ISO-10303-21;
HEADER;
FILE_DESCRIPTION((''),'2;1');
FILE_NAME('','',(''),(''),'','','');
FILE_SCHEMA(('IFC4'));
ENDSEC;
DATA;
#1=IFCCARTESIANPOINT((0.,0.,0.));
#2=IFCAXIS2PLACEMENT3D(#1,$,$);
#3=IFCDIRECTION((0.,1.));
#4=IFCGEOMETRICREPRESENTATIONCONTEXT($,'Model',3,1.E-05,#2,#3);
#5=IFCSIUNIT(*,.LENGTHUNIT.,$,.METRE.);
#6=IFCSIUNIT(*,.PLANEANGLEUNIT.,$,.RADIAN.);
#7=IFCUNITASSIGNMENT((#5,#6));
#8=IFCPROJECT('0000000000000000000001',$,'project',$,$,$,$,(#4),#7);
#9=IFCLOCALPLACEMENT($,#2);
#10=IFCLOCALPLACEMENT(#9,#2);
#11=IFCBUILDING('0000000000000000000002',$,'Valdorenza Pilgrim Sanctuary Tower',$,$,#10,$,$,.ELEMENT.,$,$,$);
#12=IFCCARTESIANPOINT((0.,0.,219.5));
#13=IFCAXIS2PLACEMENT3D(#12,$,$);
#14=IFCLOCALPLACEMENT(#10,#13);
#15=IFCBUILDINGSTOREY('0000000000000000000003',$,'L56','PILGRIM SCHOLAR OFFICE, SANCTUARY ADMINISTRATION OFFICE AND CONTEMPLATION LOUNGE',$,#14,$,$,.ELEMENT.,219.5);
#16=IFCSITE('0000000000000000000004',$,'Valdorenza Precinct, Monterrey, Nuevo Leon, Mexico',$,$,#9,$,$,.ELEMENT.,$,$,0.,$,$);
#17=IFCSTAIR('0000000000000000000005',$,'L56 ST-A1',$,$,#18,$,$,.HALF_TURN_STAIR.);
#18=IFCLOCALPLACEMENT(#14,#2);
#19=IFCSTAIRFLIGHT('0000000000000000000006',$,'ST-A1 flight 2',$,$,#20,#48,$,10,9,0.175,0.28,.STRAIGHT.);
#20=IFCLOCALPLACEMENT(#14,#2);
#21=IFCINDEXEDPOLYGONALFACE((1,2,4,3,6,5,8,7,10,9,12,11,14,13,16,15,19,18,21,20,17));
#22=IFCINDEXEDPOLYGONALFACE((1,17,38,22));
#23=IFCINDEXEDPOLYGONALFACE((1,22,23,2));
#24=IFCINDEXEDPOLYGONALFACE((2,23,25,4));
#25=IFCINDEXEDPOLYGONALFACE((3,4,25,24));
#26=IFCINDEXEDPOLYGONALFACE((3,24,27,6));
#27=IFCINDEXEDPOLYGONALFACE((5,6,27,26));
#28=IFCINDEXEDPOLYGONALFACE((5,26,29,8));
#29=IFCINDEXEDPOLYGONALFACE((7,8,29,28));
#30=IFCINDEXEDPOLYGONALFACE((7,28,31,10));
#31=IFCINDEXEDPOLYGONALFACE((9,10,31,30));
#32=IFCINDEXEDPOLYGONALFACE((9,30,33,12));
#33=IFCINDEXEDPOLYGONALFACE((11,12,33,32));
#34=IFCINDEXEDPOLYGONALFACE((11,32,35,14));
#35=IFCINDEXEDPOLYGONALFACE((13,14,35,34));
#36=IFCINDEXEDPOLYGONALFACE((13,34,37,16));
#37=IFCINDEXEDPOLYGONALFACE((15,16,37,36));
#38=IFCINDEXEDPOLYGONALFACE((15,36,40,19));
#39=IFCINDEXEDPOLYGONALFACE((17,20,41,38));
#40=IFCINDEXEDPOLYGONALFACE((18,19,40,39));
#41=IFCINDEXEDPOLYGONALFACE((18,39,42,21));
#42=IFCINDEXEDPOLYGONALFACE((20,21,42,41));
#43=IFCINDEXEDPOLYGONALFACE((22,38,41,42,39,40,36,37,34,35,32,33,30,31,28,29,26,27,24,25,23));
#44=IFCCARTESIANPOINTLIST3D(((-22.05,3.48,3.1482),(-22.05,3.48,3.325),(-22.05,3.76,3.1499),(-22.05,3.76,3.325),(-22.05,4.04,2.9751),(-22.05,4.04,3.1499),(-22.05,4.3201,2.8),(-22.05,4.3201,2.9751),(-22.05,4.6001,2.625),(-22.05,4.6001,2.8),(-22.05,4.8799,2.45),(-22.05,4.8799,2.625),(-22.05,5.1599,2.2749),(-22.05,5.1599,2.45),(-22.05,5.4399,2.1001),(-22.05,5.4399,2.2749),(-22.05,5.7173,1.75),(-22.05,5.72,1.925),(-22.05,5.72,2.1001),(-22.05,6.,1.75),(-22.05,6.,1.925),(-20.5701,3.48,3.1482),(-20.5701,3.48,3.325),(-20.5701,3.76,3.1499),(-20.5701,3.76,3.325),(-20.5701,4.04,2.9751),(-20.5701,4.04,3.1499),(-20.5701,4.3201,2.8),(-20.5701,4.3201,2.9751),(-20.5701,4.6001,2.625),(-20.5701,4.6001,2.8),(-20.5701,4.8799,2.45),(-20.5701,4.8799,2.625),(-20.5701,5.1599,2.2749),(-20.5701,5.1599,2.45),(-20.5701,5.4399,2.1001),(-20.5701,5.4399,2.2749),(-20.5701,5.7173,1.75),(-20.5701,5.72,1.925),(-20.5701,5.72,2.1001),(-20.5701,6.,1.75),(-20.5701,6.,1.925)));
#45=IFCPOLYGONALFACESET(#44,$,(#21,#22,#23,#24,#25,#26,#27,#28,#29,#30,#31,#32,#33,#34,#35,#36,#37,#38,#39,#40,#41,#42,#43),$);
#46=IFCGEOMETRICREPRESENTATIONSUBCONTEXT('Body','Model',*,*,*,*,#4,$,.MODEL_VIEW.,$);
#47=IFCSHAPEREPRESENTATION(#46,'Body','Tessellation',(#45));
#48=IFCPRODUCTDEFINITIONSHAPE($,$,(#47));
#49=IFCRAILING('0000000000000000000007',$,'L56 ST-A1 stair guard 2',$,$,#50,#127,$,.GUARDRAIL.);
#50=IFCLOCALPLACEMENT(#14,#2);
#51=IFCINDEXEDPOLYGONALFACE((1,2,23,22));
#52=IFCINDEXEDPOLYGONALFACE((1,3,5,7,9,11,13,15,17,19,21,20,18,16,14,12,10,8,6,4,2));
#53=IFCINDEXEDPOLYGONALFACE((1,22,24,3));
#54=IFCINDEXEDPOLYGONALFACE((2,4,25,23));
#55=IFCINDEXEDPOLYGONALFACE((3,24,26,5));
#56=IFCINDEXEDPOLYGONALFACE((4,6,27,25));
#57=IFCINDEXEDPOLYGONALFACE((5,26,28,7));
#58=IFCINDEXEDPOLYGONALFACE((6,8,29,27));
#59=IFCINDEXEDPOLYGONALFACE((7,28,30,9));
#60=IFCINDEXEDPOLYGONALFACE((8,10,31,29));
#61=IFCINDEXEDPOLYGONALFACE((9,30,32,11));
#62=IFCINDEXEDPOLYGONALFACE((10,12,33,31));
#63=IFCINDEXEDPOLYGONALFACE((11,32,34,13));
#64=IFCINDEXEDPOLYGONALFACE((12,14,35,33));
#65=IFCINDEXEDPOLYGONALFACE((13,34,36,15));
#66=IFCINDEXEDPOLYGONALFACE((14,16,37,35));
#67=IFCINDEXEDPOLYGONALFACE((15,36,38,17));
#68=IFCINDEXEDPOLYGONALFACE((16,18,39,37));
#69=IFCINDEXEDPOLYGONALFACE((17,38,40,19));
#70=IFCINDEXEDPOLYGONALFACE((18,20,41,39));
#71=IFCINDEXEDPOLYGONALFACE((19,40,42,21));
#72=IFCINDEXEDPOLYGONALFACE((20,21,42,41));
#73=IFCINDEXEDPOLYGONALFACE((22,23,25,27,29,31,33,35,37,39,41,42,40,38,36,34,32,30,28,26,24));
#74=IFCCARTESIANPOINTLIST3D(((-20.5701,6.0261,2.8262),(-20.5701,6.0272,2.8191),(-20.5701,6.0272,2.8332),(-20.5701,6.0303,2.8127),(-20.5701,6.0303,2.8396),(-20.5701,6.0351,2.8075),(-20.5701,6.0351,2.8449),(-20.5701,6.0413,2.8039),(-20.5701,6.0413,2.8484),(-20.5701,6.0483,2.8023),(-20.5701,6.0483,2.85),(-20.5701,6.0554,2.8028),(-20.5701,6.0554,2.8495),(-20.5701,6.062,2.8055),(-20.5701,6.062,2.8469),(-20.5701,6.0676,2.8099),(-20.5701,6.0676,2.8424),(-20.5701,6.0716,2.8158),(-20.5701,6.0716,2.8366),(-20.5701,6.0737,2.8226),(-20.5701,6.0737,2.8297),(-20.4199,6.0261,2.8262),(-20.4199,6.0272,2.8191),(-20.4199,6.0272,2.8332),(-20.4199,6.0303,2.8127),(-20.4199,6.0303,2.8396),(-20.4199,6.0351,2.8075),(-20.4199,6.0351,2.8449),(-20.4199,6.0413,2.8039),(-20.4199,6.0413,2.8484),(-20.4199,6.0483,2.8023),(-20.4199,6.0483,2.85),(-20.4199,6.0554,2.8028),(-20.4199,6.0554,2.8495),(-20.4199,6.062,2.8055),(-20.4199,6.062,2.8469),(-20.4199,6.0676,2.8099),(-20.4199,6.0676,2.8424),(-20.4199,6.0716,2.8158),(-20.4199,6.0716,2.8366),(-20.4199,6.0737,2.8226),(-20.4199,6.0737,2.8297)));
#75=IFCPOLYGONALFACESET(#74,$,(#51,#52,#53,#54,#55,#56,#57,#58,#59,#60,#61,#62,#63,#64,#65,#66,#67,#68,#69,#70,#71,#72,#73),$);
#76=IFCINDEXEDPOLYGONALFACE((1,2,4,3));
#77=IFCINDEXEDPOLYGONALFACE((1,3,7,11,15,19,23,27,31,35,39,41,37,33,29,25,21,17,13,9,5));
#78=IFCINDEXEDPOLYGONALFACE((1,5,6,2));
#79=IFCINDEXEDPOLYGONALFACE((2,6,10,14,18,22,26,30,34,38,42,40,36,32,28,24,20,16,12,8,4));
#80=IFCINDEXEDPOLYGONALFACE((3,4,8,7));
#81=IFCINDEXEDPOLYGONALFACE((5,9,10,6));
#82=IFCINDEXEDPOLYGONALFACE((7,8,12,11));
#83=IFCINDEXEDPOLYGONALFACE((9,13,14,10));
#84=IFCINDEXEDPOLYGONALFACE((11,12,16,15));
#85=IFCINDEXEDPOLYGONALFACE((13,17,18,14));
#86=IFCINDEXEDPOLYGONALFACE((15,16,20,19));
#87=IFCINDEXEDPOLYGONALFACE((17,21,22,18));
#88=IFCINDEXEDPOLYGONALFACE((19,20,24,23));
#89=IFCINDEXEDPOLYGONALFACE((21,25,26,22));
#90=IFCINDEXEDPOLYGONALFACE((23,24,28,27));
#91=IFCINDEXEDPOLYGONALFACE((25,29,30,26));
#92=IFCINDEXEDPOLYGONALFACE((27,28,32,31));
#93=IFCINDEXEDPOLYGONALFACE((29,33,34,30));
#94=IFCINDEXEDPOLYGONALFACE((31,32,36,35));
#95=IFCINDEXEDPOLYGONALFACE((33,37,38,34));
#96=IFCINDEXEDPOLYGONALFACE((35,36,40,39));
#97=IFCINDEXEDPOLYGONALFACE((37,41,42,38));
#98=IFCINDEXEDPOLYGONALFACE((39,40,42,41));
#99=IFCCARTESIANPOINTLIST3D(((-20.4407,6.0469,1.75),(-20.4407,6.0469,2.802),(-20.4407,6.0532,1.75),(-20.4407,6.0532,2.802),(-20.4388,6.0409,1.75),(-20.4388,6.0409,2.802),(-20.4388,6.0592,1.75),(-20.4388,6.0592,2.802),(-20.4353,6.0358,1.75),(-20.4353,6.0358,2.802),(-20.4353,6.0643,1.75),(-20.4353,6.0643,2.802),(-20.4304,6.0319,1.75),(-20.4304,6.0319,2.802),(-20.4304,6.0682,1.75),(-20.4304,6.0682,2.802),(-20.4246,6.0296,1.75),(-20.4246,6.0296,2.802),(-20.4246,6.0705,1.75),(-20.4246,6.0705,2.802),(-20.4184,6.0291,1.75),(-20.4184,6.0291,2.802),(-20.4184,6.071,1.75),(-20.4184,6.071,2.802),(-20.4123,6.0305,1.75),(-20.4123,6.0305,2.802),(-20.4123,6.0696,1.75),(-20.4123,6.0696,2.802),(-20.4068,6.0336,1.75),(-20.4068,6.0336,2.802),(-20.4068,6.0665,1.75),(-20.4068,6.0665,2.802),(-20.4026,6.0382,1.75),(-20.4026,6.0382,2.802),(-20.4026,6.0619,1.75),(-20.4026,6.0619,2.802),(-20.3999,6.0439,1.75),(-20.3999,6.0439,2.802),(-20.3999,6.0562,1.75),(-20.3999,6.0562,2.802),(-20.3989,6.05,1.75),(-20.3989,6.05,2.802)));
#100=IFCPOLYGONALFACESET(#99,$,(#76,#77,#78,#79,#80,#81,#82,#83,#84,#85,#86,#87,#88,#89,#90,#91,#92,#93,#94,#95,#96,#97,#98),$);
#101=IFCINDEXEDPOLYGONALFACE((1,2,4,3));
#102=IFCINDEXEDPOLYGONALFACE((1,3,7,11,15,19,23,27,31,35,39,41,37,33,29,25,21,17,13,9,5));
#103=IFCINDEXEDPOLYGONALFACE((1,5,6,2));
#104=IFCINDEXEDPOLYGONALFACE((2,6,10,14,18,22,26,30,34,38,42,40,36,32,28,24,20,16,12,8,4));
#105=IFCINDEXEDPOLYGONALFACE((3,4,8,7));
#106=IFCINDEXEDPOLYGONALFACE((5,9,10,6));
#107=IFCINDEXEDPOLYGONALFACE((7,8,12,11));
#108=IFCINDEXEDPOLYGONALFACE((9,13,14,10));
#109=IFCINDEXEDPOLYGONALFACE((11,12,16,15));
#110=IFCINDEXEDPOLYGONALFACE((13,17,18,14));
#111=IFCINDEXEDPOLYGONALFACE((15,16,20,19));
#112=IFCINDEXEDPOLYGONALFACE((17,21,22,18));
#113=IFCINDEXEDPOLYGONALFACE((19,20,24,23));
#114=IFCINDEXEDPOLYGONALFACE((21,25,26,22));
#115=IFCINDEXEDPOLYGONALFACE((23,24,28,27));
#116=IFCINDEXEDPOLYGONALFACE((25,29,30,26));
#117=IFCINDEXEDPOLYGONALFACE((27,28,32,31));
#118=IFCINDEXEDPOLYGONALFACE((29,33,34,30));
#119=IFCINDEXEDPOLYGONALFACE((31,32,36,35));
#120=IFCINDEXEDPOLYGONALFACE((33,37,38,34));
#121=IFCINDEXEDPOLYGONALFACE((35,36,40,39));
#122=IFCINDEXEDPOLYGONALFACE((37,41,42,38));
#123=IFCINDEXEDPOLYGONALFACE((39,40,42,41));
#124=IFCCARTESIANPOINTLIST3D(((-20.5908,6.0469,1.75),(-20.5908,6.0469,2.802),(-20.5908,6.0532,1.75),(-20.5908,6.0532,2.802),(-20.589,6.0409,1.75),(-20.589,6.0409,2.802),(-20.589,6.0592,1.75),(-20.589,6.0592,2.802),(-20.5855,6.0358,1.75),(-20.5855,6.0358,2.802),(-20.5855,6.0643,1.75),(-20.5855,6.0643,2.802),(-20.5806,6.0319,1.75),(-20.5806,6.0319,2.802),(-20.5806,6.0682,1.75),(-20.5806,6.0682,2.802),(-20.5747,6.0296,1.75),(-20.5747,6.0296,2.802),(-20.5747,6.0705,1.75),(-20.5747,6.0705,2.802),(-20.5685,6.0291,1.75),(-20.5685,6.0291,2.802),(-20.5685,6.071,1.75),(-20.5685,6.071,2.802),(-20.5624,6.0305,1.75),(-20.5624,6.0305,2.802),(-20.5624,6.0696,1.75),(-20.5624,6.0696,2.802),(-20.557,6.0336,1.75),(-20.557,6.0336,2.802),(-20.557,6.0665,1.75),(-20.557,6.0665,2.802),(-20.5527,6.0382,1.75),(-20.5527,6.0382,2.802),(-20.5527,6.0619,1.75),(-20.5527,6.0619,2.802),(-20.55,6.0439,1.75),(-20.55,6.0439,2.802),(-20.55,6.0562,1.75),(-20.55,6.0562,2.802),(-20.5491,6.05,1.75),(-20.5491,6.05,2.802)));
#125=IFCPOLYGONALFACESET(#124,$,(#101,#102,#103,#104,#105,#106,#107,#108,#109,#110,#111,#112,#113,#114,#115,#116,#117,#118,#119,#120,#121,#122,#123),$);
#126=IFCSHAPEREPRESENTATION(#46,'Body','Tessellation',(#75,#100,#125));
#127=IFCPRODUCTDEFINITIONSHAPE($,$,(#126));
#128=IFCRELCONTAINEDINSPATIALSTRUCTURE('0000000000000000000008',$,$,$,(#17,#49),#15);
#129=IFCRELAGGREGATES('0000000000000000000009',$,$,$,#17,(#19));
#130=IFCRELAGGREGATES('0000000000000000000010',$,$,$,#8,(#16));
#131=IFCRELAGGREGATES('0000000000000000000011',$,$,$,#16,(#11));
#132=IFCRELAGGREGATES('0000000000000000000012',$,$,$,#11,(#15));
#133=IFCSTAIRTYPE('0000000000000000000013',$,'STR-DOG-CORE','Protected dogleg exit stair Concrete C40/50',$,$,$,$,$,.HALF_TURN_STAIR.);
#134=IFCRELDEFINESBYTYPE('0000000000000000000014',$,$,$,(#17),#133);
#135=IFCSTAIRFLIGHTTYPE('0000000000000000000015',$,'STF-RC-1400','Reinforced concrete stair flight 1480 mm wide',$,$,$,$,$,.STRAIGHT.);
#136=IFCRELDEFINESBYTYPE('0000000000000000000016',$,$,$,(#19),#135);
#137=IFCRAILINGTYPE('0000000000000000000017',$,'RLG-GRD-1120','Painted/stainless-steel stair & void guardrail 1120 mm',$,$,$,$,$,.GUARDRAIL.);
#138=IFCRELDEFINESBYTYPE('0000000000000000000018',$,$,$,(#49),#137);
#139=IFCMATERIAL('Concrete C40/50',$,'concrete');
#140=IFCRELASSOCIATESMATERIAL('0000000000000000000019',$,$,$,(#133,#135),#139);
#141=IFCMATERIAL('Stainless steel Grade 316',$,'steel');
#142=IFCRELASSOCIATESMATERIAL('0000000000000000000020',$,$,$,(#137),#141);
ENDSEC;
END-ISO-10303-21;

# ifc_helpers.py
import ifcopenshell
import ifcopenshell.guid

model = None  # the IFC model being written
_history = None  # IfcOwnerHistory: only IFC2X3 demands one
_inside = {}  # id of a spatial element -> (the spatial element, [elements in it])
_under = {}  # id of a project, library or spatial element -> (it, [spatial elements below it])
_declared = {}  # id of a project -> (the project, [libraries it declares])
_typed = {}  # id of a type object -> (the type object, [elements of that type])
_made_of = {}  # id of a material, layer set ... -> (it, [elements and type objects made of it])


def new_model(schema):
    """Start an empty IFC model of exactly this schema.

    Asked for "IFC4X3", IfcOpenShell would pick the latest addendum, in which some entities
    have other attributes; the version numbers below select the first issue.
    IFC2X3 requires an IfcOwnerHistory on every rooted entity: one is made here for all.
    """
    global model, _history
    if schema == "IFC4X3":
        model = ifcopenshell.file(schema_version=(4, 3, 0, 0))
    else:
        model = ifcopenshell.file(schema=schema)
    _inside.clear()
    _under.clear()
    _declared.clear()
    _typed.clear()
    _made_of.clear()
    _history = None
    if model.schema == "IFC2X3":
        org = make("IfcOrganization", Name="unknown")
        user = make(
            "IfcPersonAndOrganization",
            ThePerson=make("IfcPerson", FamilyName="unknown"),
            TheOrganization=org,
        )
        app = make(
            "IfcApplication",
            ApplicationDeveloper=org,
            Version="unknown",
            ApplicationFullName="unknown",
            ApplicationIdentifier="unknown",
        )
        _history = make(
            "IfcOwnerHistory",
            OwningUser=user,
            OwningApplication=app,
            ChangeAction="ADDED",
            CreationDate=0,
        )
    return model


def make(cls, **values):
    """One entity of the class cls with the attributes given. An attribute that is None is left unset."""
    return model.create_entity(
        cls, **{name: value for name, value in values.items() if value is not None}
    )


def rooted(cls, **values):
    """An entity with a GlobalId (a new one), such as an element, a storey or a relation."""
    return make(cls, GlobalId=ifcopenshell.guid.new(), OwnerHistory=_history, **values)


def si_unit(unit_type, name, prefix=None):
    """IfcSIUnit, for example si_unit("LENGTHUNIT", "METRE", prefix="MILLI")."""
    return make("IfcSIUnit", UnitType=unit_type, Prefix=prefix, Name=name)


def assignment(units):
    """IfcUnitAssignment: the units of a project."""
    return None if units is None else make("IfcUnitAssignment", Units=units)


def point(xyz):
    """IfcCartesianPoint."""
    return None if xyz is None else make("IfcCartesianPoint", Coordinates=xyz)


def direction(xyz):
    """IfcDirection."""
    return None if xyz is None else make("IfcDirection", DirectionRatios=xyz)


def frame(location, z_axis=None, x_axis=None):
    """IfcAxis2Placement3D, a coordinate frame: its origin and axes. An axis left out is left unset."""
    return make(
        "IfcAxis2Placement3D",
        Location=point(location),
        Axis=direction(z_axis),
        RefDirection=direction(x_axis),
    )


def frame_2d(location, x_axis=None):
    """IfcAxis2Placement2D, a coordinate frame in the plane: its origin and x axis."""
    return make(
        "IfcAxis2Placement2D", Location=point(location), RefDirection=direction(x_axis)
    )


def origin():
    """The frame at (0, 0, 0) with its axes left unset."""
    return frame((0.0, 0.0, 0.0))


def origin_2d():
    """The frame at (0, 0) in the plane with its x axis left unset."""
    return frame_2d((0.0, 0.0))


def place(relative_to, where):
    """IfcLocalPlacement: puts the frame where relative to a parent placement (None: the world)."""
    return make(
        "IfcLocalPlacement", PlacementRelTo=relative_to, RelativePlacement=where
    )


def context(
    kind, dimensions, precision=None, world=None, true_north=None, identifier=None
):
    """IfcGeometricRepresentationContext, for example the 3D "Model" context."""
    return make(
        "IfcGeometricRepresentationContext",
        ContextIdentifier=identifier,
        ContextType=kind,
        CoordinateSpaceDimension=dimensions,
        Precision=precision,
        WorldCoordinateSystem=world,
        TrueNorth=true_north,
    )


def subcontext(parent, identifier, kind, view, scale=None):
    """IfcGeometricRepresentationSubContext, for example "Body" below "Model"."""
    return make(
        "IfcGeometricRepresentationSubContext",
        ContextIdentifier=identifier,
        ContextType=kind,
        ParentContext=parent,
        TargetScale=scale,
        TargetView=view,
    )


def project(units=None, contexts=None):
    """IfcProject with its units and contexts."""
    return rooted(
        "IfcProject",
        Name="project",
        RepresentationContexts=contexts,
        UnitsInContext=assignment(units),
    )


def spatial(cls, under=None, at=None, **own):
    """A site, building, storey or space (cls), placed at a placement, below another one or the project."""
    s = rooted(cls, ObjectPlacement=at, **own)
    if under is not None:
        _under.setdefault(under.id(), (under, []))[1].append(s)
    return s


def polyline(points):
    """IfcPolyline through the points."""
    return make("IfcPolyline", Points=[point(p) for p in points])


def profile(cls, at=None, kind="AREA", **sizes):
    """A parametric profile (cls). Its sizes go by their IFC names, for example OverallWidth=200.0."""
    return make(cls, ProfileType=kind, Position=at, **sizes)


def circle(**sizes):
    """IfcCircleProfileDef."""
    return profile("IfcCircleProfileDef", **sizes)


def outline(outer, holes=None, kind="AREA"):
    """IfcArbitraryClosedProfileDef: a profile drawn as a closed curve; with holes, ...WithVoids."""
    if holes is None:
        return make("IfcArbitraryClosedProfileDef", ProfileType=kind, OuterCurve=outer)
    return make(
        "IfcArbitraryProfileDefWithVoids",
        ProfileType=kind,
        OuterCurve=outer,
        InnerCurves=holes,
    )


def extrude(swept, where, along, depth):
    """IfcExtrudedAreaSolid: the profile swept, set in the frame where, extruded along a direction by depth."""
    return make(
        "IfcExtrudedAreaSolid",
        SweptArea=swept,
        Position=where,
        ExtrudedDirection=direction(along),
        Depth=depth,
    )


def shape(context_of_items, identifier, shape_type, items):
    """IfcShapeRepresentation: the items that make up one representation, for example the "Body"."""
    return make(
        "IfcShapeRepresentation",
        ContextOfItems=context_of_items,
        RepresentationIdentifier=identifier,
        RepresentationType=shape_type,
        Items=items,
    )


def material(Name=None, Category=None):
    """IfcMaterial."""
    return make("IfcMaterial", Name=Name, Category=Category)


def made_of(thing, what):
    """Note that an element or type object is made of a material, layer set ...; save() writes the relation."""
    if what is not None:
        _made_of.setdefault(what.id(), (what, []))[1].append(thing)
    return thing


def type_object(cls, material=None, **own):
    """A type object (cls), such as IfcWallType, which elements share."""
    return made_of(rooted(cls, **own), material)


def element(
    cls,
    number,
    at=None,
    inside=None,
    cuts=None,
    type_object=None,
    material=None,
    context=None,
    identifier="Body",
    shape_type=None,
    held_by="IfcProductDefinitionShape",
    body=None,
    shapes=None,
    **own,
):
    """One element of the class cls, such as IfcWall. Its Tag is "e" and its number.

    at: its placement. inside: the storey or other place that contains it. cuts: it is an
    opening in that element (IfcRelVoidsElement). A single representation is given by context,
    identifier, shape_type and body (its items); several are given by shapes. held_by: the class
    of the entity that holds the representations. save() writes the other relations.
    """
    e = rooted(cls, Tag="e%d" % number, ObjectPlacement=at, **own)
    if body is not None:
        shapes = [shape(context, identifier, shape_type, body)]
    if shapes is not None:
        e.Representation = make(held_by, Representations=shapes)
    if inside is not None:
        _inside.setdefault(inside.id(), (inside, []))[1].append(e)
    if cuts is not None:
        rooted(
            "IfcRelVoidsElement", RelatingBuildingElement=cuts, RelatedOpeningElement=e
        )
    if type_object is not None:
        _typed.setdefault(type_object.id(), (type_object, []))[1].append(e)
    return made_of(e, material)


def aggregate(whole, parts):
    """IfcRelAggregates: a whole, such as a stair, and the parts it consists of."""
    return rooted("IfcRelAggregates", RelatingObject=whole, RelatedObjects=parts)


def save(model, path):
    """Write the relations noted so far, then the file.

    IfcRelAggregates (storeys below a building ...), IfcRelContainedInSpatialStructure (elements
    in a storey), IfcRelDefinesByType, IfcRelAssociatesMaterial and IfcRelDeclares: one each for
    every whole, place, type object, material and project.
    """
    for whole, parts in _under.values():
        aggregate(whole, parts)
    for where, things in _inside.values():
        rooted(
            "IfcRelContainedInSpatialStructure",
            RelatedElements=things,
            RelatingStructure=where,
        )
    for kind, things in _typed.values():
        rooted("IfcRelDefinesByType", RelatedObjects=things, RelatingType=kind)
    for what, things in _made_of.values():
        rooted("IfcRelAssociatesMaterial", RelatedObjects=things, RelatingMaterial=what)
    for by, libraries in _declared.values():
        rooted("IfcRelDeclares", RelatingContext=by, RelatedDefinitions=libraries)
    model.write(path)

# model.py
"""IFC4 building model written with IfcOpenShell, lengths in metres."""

from ifc_helpers import new_model, si_unit, direction, frame, origin, origin_2d, place, context, subcontext, project, spatial, polyline, circle, outline, extrude, material, type_object, element, aggregate, save


model = new_model("IFC4")

# Units and contexts
model_context = context("Model", 3, precision=1e-05, world=origin(), true_north=direction((0.0, 1.0)))
body_context = subcontext(model_context, "Body", "Model", "MODEL_VIEW")
ifc_project = project(units=[si_unit("LENGTHUNIT", "METRE"), si_unit("PLANEANGLEUNIT", "RADIAN")], contexts=[model_context])

# Site, building, storey
site_placement = place(None, origin())
site = spatial("IfcSite", under=ifc_project, at=site_placement, Name="Valdorenza Precinct, Monterrey, Nuevo Leon, Mexico", CompositionType="ELEMENT", RefElevation=0.0)
building_placement = place(site_placement, origin())
building = spatial("IfcBuilding", under=site, at=building_placement, Name="Valdorenza Pilgrim Sanctuary Tower", CompositionType="ELEMENT")
storey_placement = place(building_placement, frame((0.0, 0.0, 219.5)))
storey = spatial("IfcBuildingStorey", under=building, at=storey_placement, Name="L56", Description="PILGRIM SCHOLAR OFFICE, SANCTUARY ADMINISTRATION OFFICE AND CONTEMPLATION LOUNGE", CompositionType="ELEMENT", Elevation=219.5)

# Stair, stair flight
ifc_material_1 = material(Name="Concrete C40/50", Category="concrete")
stair_type = type_object("IfcStairType", Name="STR-DOG-CORE", Description="Protected dogleg exit stair Concrete C40/50", PredefinedType="HALF_TURN_STAIR", material=ifc_material_1)
stair_placement = place(storey_placement, origin())
stair = element("IfcStair", 1, at=stair_placement, inside=storey, type_object=stair_type, Name="L56 ST-A1", PredefinedType="HALF_TURN_STAIR")
stair_flight_type = type_object("IfcStairFlightType", Name="STF-RC-1400", Description="Reinforced concrete stair flight 1480 mm wide", PredefinedType="STRAIGHT", material=ifc_material_1)
stair_flight_placement = place(storey_placement, frame((-21.3101, 6.0, 1.75), z_axis=(0.0, 0.0, 1.0), x_axis=(0.0, -1.0, 0.0)))
stair_flight = element("IfcStairFlight", 2, at=stair_flight_placement, type_object=stair_flight_type, Name="ST-A1 flight 2", NumberOfRisers=10, NumberOfTreads=9, PredefinedType="STRAIGHT", RiserHeight=0.175, TreadLength=0.28, context=body_context, shape_type="SweptSolid", body=[
    extrude(outline(polyline([(0.0, 0.0), (0.0, 0.175), (0.28, 0.175), (0.28, 0.3501), (0.5601, 0.3501), (0.5601, 0.5249), (0.8401, 0.5249), (0.8401, 0.7), (1.1201, 0.7), (1.1201, 0.875), (1.3999, 0.875), (1.3999, 1.05), (1.6799, 1.05), (1.6799, 1.2251), (1.96, 1.2251), (1.96, 1.3999), (2.24, 1.3999), (2.24, 1.575), (2.52, 1.575), (2.52, 1.75), (2.52, 1.3982), (0.2827, 0.0), (0.0, 0.0)])), frame((0.0, 0.74, 0.0), z_axis=(0.0, -1.0, 0.0), x_axis=(1.0, 0.0, 0.0)), (0.0, 0.0, 1.0), 1.48),
])
aggregate(stair, [stair_flight])

# Railing
ifc_material_2 = material(Name="Stainless steel Grade 316", Category="steel")
railing_type = type_object("IfcRailingType", Name="RLG-GRD-1120", Description="Painted/stainless-steel stair & void guardrail 1120 mm", PredefinedType="GUARDRAIL", material=ifc_material_2)
railing_1_placement = place(storey_placement, frame((-20.4199, 6.05, 1.75)))
element("IfcRailing", 3, at=railing_1_placement, inside=storey, type_object=railing_type, Name="L56 ST-A1 stair guard 2", PredefinedType="GUARDRAIL", context=body_context, shape_type="SweptSolid", body=[
    extrude(circle(Radius=0.0239, at=origin_2d()), frame((0.0, 0.0, 1.0762), z_axis=(-1.0, 0.0, 0.0), x_axis=(0.0, -1.0, 0.0)), (0.0, 0.0, 1.0), 0.1501),
    extrude(circle(Radius=0.021, at=origin_2d()), origin(), (0.0, 0.0, 1.0), 1.052),
    extrude(circle(Radius=0.021, at=origin_2d()), frame((-0.1501, 0.0, 0.0)), (0.0, 0.0, 1.0), 1.052),
])

save(model, "model.ifc")
